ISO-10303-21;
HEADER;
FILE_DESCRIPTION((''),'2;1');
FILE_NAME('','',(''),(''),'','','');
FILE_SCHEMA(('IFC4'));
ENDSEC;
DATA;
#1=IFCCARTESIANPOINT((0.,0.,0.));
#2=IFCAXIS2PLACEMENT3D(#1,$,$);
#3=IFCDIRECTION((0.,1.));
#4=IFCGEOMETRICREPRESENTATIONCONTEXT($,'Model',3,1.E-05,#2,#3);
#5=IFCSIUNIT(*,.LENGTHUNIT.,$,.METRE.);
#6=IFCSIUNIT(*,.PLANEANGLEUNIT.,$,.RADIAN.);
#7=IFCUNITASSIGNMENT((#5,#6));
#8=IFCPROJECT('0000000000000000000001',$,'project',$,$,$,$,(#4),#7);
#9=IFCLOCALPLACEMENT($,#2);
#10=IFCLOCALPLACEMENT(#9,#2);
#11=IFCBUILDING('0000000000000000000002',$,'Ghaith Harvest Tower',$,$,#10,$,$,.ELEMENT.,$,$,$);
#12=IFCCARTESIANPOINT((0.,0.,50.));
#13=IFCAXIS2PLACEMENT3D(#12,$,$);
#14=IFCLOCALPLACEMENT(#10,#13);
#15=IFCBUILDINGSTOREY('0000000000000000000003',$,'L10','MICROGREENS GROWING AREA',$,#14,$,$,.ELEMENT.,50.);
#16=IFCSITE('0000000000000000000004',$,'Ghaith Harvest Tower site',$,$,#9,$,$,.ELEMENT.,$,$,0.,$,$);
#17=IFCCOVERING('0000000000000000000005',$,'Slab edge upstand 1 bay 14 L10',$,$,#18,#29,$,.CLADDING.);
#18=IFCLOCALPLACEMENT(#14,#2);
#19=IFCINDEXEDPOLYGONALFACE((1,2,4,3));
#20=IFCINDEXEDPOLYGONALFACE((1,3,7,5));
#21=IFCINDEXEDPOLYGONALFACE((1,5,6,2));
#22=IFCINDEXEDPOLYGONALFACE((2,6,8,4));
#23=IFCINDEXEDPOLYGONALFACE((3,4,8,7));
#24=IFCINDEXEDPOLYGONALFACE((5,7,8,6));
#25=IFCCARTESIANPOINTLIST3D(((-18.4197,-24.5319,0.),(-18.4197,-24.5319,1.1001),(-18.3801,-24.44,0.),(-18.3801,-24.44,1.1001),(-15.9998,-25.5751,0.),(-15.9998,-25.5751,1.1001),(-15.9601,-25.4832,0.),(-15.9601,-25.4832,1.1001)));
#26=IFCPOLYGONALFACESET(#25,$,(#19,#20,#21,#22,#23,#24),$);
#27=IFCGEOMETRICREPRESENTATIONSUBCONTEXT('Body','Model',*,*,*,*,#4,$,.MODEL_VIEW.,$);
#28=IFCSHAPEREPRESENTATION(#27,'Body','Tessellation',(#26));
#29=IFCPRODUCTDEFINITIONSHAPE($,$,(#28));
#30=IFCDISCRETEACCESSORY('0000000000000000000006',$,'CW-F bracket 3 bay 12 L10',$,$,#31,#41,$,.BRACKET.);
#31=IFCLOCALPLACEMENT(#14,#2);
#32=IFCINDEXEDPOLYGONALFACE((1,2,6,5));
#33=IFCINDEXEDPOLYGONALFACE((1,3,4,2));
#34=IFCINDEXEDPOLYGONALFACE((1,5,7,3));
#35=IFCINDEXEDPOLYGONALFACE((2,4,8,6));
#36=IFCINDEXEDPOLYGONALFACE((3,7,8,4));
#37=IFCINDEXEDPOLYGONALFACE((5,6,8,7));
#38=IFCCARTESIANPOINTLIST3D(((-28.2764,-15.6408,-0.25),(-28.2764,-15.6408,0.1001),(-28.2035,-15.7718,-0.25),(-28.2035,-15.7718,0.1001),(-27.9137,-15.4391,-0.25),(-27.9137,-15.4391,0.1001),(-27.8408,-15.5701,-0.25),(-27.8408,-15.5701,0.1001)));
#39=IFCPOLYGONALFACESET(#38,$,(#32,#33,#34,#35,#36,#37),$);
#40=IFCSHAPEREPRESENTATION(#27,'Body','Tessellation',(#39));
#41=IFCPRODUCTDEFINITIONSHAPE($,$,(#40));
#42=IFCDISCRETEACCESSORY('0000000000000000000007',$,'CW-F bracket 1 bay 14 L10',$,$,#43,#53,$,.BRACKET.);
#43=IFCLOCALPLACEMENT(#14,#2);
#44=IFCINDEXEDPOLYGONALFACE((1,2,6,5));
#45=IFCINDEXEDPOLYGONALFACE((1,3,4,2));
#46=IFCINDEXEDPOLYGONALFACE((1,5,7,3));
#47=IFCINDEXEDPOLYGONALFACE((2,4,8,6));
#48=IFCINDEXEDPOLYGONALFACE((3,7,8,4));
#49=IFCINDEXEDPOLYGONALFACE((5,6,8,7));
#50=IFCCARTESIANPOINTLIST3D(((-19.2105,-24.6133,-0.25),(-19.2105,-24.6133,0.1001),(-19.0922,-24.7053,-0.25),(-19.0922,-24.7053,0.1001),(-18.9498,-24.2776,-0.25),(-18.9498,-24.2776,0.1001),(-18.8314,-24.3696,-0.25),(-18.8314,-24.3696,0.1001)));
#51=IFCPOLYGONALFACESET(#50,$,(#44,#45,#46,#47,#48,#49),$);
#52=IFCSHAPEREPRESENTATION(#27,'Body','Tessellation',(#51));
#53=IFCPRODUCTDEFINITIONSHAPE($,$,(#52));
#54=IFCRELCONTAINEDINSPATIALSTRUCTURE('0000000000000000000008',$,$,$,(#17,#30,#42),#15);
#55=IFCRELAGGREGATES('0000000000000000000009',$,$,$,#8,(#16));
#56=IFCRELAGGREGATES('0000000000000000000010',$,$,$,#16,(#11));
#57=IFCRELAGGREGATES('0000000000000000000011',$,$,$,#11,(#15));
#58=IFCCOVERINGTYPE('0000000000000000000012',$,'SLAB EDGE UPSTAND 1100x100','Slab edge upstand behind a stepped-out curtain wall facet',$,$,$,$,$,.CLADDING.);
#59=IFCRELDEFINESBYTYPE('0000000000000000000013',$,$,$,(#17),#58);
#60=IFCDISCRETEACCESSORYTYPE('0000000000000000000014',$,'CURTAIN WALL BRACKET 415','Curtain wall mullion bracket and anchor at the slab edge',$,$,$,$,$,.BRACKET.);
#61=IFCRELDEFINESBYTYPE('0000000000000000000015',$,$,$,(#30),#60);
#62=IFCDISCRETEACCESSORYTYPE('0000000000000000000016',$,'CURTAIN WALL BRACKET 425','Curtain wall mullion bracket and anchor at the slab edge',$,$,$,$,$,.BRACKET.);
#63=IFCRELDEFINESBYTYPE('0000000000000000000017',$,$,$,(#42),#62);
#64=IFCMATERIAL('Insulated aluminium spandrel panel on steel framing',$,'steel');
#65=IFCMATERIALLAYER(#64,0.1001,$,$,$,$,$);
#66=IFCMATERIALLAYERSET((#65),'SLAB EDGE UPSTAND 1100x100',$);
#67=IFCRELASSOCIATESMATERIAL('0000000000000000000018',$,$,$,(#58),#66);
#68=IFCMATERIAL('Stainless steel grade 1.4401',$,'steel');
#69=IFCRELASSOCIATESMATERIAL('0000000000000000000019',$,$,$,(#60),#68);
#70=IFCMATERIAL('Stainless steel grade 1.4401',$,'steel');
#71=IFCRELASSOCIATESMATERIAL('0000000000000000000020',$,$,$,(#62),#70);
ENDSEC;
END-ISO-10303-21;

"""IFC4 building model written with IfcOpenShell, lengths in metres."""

from ifc_helpers import new_model, si_unit, direction, frame, origin, origin_2d, place, context, subcontext, project, spatial, rectangle, extrude, material, layer, layer_set, type_object, element, save


model = new_model("IFC4")

# Units and contexts
model_context = context("Model", 3, precision=1e-05, world=origin(), true_north=direction((0.0, 1.0)))
body_context = subcontext(model_context, "Body", "Model", "MODEL_VIEW")
ifc_project = project(units=[si_unit("LENGTHUNIT", "METRE"), si_unit("PLANEANGLEUNIT", "RADIAN")], contexts=[model_context])

# Site, building, storey
site_placement = place(None, origin())
site = spatial("IfcSite", under=ifc_project, at=site_placement, Name="Ghaith Harvest Tower site", CompositionType="ELEMENT", RefElevation=0.0)
building_placement = place(site_placement, origin())
building = spatial("IfcBuilding", under=site, at=building_placement, Name="Ghaith Harvest Tower", CompositionType="ELEMENT")
storey_placement = place(building_placement, frame((0.0, 0.0, 50.0)))
storey = spatial("IfcBuildingStorey", under=building, at=storey_placement, Name="L10", Description="MICROGREENS GROWING AREA", CompositionType="ELEMENT", Elevation=50.0)

# Covering
ifc_material_1 = material(Name="Insulated aluminium spandrel panel on steel framing", Category="steel")
ifc_layer_1 = layer(ifc_material_1, 0.1001)
ifc_layer_set_1 = layer_set([ifc_layer_1], Name="SLAB EDGE UPSTAND 1100x100")
covering_type = type_object("IfcCoveringType", Name="SLAB EDGE UPSTAND 1100x100", Description="Slab edge upstand behind a stepped-out curtain wall facet", PredefinedType="CLADDING", material=ifc_layer_set_1)
covering_1_placement = place(storey_placement, frame((-17.1899, -25.0076, 0.0), z_axis=(0.0, 0.0, 1.0), x_axis=(0.918307, -0.395869, 0.0)))
element("IfcCovering", 1, at=covering_1_placement, inside=storey, type_object=covering_type, Name="Slab edge upstand 1 bay 14 L10", PredefinedType="CLADDING", context=body_context, shape_type="SweptSolid", body=[
    extrude(rectangle(XDim=2.6353, YDim=0.1001, at=origin_2d()), origin(), (0.0, 0.0, 1.0), 1.1001),
])

# Discrete accessories
ifc_material_2 = material(Name="Stainless steel grade 1.4401", Category="steel")
discrete_accessory_type_1 = type_object("IfcDiscreteAccessoryType", Name="CURTAIN WALL BRACKET 415", Description="Curtain wall mullion bracket and anchor at the slab edge", PredefinedType="BRACKET", material=ifc_material_2)
discrete_accessory_1_placement = place(storey_placement, frame((-28.0586, -15.6055, -0.25), z_axis=(0.0, 0.0, 1.0), x_axis=(-0.873927, -0.486057, 0.0)))
element("IfcDiscreteAccessory", 2, at=discrete_accessory_1_placement, inside=storey, type_object=discrete_accessory_type_1, Name="CW-F bracket 3 bay 12 L10", PredefinedType="BRACKET", context=body_context, shape_type="SweptSolid", body=[
    extrude(rectangle(XDim=0.415, YDim=0.1499, at=origin_2d()), origin(), (0.0, 0.0, 1.0), 0.3501),
])
ifc_material_3 = material(Name="Stainless steel grade 1.4401", Category="steel")
discrete_accessory_type_2 = type_object("IfcDiscreteAccessoryType", Name="CURTAIN WALL BRACKET 425", Description="Curtain wall mullion bracket and anchor at the slab edge", PredefinedType="BRACKET", material=ifc_material_3)
discrete_accessory_2_placement = place(storey_placement, frame((-19.021, -24.4915, -0.25), z_axis=(0.0, 0.0, 1.0), x_axis=(-0.613378, -0.78979, 0.0)))
element("IfcDiscreteAccessory", 3, at=discrete_accessory_2_placement, inside=storey, type_object=discrete_accessory_type_2, Name="CW-F bracket 1 bay 14 L10", PredefinedType="BRACKET", context=body_context, shape_type="SweptSolid", body=[
    extrude(rectangle(XDim=0.425, YDim=0.1499, at=origin_2d()), origin(), (0.0, 0.0, 1.0), 0.3501),
])

save(model, "model.ifc")
